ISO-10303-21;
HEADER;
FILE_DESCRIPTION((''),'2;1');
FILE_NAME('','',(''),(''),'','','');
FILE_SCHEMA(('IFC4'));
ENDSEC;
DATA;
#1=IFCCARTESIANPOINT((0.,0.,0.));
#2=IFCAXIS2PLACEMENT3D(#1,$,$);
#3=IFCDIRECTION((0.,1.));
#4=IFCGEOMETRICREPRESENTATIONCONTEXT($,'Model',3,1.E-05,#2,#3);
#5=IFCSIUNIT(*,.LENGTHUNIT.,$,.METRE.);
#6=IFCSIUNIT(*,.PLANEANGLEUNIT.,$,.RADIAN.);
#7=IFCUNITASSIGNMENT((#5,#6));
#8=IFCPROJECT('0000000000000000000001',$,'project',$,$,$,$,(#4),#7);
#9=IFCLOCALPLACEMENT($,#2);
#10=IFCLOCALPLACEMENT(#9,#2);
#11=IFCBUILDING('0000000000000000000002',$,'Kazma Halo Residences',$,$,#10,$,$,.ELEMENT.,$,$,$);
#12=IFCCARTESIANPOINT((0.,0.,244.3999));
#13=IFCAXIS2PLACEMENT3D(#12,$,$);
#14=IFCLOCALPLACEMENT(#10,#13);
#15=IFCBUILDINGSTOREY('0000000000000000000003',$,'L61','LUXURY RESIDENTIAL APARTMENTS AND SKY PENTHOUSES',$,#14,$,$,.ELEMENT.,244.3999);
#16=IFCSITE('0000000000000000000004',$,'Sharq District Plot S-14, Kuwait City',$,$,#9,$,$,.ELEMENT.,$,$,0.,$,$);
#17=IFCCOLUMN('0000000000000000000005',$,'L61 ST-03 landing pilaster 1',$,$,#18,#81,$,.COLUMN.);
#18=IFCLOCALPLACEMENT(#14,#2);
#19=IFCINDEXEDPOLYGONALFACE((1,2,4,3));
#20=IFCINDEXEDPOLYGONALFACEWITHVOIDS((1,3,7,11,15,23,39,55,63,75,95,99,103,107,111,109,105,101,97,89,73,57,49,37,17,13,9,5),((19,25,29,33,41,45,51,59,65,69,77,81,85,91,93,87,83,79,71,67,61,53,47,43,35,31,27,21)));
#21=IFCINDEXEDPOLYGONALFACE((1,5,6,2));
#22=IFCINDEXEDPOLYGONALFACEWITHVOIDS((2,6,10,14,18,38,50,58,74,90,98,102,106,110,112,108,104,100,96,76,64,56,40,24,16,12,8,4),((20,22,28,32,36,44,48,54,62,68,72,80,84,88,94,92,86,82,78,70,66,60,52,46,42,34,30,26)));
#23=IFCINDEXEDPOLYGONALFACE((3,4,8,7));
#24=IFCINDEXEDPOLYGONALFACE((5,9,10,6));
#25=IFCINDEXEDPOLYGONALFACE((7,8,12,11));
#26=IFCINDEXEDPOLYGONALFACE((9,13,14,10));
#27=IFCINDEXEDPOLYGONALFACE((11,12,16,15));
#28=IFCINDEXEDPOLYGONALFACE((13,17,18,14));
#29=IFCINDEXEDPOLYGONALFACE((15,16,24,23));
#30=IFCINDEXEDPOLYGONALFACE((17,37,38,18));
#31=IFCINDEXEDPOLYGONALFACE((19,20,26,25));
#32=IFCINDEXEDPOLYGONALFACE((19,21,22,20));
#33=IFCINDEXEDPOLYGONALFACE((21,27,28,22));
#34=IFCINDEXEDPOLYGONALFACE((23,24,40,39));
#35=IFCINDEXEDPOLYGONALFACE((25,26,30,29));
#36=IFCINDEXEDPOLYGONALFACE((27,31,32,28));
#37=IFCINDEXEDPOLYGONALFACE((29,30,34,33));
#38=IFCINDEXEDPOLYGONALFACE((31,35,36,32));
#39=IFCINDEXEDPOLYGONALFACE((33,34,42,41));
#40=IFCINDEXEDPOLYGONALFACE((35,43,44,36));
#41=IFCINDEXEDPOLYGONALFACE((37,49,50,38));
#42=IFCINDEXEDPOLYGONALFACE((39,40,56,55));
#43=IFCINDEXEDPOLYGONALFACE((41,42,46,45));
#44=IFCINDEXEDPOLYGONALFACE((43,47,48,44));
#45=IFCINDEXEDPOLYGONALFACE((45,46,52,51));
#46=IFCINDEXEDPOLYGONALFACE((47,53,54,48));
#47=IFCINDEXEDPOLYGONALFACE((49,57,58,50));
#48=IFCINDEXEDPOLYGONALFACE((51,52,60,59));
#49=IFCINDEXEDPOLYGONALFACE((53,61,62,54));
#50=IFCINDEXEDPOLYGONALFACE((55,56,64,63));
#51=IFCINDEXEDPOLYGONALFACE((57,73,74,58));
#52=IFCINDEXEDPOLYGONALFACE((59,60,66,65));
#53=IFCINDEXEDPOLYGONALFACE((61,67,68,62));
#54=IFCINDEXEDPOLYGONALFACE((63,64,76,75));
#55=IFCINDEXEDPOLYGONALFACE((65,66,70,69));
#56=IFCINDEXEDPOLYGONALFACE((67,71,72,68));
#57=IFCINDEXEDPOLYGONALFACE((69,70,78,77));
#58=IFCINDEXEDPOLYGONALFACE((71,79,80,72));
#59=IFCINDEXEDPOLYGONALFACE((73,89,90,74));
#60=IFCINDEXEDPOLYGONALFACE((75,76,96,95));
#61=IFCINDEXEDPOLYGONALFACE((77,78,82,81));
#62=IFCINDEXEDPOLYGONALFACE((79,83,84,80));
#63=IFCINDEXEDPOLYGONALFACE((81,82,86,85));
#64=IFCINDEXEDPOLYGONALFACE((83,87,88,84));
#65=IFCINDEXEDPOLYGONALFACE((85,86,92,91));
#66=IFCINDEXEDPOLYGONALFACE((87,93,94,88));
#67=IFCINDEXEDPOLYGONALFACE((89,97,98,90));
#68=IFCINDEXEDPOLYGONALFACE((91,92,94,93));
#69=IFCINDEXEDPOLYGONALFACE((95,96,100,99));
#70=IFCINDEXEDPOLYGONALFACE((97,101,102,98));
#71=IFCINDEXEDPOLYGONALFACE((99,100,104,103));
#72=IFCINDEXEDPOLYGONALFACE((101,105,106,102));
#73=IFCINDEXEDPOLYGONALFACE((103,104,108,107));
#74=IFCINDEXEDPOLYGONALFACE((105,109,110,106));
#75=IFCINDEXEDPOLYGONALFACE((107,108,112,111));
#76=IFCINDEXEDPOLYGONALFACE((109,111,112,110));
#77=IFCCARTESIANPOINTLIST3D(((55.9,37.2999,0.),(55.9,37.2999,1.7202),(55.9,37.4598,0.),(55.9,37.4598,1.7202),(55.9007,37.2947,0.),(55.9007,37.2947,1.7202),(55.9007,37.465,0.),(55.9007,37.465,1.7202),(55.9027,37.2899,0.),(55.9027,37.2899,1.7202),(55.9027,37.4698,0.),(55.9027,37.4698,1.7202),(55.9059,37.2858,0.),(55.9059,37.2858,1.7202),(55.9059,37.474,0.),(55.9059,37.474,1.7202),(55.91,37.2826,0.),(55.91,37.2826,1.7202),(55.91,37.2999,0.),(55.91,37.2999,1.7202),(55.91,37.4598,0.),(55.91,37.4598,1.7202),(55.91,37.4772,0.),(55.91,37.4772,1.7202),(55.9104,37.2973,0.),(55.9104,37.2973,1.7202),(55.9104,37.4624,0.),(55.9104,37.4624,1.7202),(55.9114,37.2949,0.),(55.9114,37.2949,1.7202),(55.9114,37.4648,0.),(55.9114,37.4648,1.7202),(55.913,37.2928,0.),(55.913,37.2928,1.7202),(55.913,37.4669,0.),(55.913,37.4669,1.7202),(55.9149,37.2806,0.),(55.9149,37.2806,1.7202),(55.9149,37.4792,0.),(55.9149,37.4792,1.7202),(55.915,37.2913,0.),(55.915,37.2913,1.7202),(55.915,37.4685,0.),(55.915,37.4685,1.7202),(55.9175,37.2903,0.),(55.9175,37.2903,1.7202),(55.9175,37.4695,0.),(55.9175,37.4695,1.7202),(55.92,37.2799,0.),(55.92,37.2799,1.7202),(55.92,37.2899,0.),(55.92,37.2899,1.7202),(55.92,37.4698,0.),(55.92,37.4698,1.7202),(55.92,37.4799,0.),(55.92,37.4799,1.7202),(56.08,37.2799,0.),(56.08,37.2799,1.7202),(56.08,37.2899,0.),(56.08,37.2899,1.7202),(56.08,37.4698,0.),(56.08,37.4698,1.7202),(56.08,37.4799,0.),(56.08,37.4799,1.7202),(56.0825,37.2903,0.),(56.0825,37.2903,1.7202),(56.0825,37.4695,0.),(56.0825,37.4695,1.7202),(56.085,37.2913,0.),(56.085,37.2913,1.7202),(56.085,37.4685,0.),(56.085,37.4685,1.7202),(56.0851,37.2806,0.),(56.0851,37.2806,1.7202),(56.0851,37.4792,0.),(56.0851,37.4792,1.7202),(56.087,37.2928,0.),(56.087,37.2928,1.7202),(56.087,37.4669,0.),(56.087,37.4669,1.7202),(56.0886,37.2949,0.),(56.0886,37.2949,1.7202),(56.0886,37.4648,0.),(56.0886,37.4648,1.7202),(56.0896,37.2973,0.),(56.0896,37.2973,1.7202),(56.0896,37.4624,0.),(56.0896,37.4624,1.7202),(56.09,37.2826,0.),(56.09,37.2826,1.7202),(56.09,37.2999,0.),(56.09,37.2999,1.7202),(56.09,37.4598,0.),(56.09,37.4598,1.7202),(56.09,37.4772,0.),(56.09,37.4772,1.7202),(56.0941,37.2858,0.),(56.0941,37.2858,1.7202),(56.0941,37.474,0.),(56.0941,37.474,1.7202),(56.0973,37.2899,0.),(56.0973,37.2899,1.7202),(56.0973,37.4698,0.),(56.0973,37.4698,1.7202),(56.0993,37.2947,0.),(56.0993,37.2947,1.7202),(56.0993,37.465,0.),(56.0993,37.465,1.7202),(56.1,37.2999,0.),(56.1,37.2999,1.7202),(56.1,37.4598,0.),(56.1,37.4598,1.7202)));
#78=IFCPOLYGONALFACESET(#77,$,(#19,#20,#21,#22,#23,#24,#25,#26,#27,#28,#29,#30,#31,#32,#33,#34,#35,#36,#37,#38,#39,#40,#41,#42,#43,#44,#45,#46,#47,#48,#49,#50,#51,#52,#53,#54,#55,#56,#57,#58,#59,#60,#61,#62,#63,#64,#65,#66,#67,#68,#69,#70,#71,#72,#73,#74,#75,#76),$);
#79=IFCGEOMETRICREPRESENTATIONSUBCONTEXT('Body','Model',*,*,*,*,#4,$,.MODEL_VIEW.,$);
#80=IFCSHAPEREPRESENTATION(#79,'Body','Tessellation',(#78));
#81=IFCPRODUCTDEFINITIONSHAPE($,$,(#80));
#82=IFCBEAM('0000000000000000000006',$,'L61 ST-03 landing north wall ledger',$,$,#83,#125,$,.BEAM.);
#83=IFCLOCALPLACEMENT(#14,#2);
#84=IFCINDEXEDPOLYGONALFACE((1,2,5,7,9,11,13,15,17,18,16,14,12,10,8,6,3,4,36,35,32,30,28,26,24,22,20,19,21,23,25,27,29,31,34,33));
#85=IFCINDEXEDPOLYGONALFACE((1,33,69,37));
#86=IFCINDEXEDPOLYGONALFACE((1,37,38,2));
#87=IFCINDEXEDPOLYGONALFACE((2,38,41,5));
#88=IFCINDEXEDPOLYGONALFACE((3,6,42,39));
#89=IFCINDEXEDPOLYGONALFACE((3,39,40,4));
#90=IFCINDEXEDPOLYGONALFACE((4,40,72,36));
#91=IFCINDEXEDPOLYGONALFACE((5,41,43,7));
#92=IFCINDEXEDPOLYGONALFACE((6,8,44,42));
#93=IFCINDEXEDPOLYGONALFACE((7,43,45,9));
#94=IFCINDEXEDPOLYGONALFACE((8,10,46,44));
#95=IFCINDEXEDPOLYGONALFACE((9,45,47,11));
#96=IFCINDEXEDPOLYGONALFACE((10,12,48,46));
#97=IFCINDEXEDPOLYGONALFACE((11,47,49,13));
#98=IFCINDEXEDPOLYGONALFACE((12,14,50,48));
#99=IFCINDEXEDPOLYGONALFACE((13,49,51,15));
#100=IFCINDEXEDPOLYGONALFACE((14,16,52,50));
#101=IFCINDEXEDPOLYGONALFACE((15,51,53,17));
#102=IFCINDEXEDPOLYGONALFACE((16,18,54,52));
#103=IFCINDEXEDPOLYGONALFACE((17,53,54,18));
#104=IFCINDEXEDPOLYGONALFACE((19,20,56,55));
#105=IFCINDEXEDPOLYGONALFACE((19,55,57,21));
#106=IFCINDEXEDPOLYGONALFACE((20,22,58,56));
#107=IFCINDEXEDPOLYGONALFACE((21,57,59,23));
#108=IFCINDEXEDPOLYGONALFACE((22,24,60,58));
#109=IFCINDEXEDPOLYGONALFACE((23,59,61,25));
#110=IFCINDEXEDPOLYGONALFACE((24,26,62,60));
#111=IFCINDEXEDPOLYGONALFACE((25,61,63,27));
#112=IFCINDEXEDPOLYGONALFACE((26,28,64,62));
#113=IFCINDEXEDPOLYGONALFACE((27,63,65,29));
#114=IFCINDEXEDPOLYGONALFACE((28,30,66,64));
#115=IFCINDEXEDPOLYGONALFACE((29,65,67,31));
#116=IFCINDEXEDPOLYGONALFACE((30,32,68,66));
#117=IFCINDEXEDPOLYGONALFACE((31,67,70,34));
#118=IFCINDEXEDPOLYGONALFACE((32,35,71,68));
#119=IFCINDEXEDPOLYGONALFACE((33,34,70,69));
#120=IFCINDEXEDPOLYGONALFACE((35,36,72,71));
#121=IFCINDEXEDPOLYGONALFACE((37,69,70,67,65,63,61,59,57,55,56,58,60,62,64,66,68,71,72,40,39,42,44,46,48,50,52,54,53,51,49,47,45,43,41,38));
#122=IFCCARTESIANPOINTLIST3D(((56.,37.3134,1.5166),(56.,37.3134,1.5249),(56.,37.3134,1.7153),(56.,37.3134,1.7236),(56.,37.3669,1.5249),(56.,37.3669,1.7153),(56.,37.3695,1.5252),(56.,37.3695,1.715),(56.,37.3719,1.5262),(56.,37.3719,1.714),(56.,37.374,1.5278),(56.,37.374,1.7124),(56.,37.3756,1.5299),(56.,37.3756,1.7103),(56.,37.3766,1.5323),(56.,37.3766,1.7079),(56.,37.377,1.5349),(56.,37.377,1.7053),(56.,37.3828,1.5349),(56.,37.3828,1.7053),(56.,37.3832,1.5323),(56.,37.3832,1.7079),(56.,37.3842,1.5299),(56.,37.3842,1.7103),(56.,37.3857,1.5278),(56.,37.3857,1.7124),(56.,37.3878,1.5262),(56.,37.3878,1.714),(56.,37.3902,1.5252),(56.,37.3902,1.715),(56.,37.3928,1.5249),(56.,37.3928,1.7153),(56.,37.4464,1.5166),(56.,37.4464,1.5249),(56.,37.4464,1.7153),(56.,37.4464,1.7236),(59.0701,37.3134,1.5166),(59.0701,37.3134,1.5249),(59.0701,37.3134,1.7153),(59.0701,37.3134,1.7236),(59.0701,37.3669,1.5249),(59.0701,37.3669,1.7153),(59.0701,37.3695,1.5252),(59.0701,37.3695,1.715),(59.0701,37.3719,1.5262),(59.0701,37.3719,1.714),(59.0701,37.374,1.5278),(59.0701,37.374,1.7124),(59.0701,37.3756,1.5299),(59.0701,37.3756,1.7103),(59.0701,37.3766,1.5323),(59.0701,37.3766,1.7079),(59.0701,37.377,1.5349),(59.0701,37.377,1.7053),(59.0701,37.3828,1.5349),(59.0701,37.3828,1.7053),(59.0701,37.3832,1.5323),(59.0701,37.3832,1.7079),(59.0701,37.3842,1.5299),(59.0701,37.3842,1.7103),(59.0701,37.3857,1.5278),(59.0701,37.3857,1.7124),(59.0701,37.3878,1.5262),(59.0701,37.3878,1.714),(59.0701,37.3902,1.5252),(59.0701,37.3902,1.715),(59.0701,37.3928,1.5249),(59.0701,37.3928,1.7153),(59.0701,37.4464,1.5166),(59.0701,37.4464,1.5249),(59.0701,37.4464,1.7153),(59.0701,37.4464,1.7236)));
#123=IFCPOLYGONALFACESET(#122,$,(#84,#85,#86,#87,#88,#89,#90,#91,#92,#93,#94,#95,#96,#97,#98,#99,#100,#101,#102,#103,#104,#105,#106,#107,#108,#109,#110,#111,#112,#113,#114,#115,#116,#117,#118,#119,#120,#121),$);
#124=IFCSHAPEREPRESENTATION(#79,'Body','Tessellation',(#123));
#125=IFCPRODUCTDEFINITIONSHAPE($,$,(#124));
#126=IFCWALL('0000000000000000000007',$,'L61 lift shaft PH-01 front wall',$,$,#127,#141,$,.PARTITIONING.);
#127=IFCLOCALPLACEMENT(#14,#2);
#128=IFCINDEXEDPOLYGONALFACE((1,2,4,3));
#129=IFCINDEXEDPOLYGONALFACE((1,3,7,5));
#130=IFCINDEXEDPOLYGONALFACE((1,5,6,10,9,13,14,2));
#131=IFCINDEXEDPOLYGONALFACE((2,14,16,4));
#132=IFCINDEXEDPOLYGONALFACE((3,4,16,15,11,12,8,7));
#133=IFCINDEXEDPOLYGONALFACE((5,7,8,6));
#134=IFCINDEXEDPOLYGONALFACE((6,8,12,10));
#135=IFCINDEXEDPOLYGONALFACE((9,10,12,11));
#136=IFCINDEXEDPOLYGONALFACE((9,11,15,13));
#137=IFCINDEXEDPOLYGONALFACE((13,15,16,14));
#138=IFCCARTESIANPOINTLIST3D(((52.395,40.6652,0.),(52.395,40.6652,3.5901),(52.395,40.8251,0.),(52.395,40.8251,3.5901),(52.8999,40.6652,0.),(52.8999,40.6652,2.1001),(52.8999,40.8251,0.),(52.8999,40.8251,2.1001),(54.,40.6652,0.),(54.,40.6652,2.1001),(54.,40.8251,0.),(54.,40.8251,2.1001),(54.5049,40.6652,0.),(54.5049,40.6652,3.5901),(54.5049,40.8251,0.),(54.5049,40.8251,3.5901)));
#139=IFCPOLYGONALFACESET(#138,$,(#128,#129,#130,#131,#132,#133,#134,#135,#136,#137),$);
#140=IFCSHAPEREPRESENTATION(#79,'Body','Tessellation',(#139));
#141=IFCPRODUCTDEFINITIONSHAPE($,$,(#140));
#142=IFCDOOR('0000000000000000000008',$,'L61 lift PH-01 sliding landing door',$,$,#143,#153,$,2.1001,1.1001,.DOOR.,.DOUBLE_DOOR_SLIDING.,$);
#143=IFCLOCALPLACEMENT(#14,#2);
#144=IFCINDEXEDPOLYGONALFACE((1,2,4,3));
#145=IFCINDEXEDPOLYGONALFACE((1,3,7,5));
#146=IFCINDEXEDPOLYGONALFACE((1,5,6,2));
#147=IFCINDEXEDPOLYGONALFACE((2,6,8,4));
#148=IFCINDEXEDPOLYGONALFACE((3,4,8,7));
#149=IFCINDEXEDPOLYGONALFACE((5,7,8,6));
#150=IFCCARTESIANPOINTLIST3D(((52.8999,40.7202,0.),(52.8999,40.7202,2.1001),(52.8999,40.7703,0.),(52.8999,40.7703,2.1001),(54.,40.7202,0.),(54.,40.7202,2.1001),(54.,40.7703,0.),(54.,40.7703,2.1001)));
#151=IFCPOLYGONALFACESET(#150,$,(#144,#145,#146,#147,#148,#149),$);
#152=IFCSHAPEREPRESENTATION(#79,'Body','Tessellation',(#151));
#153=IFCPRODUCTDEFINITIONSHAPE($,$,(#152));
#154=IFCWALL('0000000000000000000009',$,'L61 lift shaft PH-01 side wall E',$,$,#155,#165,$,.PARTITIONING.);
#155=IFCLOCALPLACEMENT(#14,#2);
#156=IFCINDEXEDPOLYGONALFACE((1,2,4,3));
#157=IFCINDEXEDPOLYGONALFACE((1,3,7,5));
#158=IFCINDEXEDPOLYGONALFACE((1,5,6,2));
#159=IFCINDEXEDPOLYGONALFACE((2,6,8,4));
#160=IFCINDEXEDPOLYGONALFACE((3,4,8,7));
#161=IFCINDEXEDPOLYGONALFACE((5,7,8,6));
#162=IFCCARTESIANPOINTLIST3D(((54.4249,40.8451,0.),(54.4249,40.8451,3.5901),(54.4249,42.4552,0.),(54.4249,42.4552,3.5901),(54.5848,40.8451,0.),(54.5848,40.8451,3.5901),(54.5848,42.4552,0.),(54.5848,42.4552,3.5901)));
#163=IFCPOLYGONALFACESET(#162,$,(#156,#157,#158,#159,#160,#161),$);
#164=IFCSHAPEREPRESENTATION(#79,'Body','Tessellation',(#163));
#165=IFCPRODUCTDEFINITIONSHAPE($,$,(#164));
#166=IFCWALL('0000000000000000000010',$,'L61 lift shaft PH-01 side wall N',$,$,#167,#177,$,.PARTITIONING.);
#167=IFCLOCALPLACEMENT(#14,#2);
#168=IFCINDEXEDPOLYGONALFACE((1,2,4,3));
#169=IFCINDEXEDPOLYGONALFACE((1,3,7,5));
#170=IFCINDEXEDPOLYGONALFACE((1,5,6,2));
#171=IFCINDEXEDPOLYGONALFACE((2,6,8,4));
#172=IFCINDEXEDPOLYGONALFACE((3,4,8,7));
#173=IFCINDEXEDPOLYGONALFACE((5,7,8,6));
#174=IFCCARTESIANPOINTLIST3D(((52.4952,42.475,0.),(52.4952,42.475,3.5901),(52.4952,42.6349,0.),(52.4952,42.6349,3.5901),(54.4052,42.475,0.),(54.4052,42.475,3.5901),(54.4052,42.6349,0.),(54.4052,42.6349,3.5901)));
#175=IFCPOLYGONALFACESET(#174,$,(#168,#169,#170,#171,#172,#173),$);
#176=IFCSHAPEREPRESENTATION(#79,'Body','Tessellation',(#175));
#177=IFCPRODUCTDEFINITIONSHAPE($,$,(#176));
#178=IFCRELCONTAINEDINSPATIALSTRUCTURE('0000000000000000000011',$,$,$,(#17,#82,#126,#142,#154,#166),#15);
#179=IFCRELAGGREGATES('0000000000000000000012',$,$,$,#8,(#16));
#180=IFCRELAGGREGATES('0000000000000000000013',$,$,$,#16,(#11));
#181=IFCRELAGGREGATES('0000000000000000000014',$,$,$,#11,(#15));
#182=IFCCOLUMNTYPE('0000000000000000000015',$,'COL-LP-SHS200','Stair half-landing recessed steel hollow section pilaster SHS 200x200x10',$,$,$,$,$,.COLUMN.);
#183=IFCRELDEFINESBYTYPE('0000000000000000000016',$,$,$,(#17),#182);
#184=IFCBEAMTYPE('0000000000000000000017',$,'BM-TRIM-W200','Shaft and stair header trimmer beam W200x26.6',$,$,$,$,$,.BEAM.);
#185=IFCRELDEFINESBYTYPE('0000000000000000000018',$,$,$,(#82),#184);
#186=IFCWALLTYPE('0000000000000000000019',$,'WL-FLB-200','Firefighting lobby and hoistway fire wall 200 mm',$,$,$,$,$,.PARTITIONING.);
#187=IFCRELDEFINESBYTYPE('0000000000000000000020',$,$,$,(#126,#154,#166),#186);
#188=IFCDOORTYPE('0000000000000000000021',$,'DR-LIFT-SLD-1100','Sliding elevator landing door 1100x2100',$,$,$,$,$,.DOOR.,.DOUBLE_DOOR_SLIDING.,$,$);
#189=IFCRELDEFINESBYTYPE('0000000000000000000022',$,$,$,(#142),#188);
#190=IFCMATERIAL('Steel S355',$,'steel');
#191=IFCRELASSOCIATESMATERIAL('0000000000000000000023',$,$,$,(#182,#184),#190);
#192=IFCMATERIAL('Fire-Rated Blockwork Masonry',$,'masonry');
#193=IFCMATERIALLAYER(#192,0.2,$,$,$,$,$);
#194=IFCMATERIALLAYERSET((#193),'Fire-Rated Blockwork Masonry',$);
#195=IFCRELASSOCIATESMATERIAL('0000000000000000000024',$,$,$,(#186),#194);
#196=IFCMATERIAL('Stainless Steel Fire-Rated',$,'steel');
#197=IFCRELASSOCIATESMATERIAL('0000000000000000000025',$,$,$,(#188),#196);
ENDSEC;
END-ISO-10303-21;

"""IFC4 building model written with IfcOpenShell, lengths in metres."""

from ifc_helpers import new_model, si_unit, direction, frame, frame_2d, origin, origin_2d, place, context, subcontext, project, spatial, rectangle, hollow_rectangle, i_section, extrude, material, layer, layer_set, material_profile, profile_set, type_object, element, fill, save


model = new_model("IFC4")

# Units and contexts
model_context = context("Model", 3, precision=1e-05, world=origin(), true_north=direction((0.0, 1.0)))
body_context = subcontext(model_context, "Body", "Model", "MODEL_VIEW")
ifc_project = project(units=[si_unit("LENGTHUNIT", "METRE"), si_unit("PLANEANGLEUNIT", "RADIAN")], contexts=[model_context])

# Site, building, storey
site_placement = place(None, origin())
site = spatial("IfcSite", under=ifc_project, at=site_placement, Name="Sharq District Plot S-14, Kuwait City", CompositionType="ELEMENT", RefElevation=0.0)
building_placement = place(site_placement, origin())
building = spatial("IfcBuilding", under=site, at=building_placement, Name="Kazma Halo Residences", CompositionType="ELEMENT")
storey_placement = place(building_placement, frame((0.0, 0.0, 244.3999)))
storey = spatial("IfcBuildingStorey", under=building, at=storey_placement, Name="L61", Description="LUXURY RESIDENTIAL APARTMENTS AND SKY PENTHOUSES", CompositionType="ELEMENT", Elevation=244.3999)

# Column
ifc_material_1 = material(Name="Steel S355", Category="steel")
ifc_material_profile_1 = material_profile(ifc_material_1, hollow_rectangle(XDim=0.2, YDim=0.2, WallThickness=0.01, InnerFilletRadius=0.01, OuterFilletRadius=0.02, at=origin_2d()), Name="SHS200x200x10")
ifc_profile_set_1 = profile_set([ifc_material_profile_1], Name="Steel S355")
column_type = type_object("IfcColumnType", Name="COL-LP-SHS200", Description="Stair half-landing recessed steel hollow section pilaster SHS 200x200x10", PredefinedType="COLUMN", material=ifc_profile_set_1)
column_placement = place(storey_placement, frame((56.0, 37.3799, 0.0), z_axis=(0.0, 0.0, 1.0), x_axis=(1.0, 0.0, 0.0)))
element("IfcColumn", 1, at=column_placement, inside=storey, type_object=column_type, Name="L61 ST-03 landing pilaster 1", PredefinedType="COLUMN", context=body_context, shape_type="SweptSolid", body=[
    extrude(hollow_rectangle(XDim=0.2, YDim=0.2, WallThickness=0.01, InnerFilletRadius=0.01, OuterFilletRadius=0.02, at=origin_2d()), origin(), (0.0, 0.0, 1.0), 1.7202),
])

# Beam
ifc_material_profile_2 = material_profile(ifc_material_1, i_section(OverallWidth=0.1331, OverallDepth=0.207, WebThickness=0.0059, FlangeThickness=0.0083, FilletRadius=0.01, at=origin_2d()), Name="W200x26.6")
ifc_profile_set_2 = profile_set([ifc_material_profile_2], Name="Steel S355")
beam_type = type_object("IfcBeamType", Name="BM-TRIM-W200", Description="Shaft and stair header trimmer beam W200x26.6", PredefinedType="BEAM", material=ifc_profile_set_2)
beam_placement = place(storey_placement, frame((56.0, 37.3799, 1.6201), z_axis=(1.0, 0.0, 0.0), x_axis=(0.0, 1.0, 0.0)))
element("IfcBeam", 2, at=beam_placement, inside=storey, type_object=beam_type, Name="L61 ST-03 landing north wall ledger", PredefinedType="BEAM", context=body_context, shape_type="SweptSolid", body=[
    extrude(i_section(OverallWidth=0.1331, OverallDepth=0.207, WebThickness=0.0059, FlangeThickness=0.0083, FilletRadius=0.01, at=origin_2d()), origin(), (0.0, 0.0, 1.0), 3.0701),
])

# Wall, opening, door
ifc_material_2 = material(Name="Fire-Rated Blockwork Masonry", Category="masonry")
ifc_layer_1 = layer(ifc_material_2, 0.2)
ifc_layer_set_1 = layer_set([ifc_layer_1], Name="Fire-Rated Blockwork Masonry")
wall_type_1 = type_object("IfcWallType", Name="WL-FLB-200", Description="Firefighting lobby and hoistway fire wall 200 mm", PredefinedType="PARTITIONING", material=ifc_layer_set_1)
wall_1_placement = place(storey_placement, frame((54.5049, 40.7451, 0.0), z_axis=(0.0, 0.0, 1.0), x_axis=(-1.0, 0.0, 0.0)))
wall_1 = element("IfcWall", 3, at=wall_1_placement, inside=storey, type_object=wall_type_1, Name="L61 lift shaft PH-01 front wall", PredefinedType="PARTITIONING", context=body_context, shape_type="SweptSolid", body=[
    extrude(rectangle(XDim=2.1099, YDim=0.1599, at=frame_2d((1.0549, 0.0))), origin(), (0.0, 0.0, 1.0), 3.5901),
])
opening_1_placement = place(wall_1_placement, frame((0.5049, 0.0, 0.0)))
opening_1 = element("IfcOpeningElement", 4, at=opening_1_placement, cuts=wall_1, PredefinedType="OPENING", context=body_context, shape_type="SweptSolid", body=[
    extrude(rectangle(XDim=1.1001, YDim=2.1001, at=frame_2d((0.55, 1.05))), frame((0.0, 0.0898, 0.0), z_axis=(0.0, -1.0, 0.0), x_axis=(1.0, 0.0, 0.0)), (0.0, 0.0, 1.0), 0.1799),
])
ifc_material_3 = material(Name="Stainless Steel Fire-Rated", Category="steel")
door_type_1 = type_object("IfcDoorType", Name="DR-LIFT-SLD-1100", Description="Sliding elevator landing door 1100x2100", OperationType="DOUBLE_DOOR_SLIDING", PredefinedType="DOOR", material=ifc_material_3)
door_1_placement = place(opening_1_placement, origin())
door_1 = element("IfcDoor", 5, at=door_1_placement, inside=storey, type_object=door_type_1, Name="L61 lift PH-01 sliding landing door", OperationType="DOUBLE_DOOR_SLIDING", OverallHeight=2.1001, OverallWidth=1.1001, PredefinedType="DOOR", context=body_context, shape_type="SweptSolid", body=[
    extrude(rectangle(XDim=1.1001, YDim=2.1001, at=frame_2d((0.55, 1.05))), frame((0.0, 0.0249, 0.0), z_axis=(0.0, -1.0, 0.0), x_axis=(1.0, 0.0, 0.0)), (0.0, 0.0, 1.0), 0.05),
])
fill(opening_1, door_1)

# Walls
wall_2_placement = place(storey_placement, frame((54.5049, 40.845, 0.0), z_axis=(0.0, 0.0, 1.0), x_axis=(0.0, 1.0, 0.0)))
element("IfcWall", 6, at=wall_2_placement, inside=storey, type_object=wall_type_1, Name="L61 lift shaft PH-01 side wall E", PredefinedType="PARTITIONING", context=body_context, shape_type="SweptSolid", body=[
    extrude(rectangle(XDim=1.6101, YDim=0.1599, at=frame_2d((0.8052, 0.0))), origin(), (0.0, 0.0, 1.0), 3.5901),
])
wall_3_placement = place(storey_placement, frame((52.4951, 42.5549, 0.0), z_axis=(0.0, 0.0, 1.0), x_axis=(1.0, 0.0, 0.0)))
element("IfcWall", 7, at=wall_3_placement, inside=storey, type_object=wall_type_1, Name="L61 lift shaft PH-01 side wall N", PredefinedType="PARTITIONING", context=body_context, shape_type="SweptSolid", body=[
    extrude(rectangle(XDim=1.9099, YDim=0.1599, at=frame_2d((0.9551, 0.0))), origin(), (0.0, 0.0, 1.0), 3.5901),
])

save(model, "model.ifc")
